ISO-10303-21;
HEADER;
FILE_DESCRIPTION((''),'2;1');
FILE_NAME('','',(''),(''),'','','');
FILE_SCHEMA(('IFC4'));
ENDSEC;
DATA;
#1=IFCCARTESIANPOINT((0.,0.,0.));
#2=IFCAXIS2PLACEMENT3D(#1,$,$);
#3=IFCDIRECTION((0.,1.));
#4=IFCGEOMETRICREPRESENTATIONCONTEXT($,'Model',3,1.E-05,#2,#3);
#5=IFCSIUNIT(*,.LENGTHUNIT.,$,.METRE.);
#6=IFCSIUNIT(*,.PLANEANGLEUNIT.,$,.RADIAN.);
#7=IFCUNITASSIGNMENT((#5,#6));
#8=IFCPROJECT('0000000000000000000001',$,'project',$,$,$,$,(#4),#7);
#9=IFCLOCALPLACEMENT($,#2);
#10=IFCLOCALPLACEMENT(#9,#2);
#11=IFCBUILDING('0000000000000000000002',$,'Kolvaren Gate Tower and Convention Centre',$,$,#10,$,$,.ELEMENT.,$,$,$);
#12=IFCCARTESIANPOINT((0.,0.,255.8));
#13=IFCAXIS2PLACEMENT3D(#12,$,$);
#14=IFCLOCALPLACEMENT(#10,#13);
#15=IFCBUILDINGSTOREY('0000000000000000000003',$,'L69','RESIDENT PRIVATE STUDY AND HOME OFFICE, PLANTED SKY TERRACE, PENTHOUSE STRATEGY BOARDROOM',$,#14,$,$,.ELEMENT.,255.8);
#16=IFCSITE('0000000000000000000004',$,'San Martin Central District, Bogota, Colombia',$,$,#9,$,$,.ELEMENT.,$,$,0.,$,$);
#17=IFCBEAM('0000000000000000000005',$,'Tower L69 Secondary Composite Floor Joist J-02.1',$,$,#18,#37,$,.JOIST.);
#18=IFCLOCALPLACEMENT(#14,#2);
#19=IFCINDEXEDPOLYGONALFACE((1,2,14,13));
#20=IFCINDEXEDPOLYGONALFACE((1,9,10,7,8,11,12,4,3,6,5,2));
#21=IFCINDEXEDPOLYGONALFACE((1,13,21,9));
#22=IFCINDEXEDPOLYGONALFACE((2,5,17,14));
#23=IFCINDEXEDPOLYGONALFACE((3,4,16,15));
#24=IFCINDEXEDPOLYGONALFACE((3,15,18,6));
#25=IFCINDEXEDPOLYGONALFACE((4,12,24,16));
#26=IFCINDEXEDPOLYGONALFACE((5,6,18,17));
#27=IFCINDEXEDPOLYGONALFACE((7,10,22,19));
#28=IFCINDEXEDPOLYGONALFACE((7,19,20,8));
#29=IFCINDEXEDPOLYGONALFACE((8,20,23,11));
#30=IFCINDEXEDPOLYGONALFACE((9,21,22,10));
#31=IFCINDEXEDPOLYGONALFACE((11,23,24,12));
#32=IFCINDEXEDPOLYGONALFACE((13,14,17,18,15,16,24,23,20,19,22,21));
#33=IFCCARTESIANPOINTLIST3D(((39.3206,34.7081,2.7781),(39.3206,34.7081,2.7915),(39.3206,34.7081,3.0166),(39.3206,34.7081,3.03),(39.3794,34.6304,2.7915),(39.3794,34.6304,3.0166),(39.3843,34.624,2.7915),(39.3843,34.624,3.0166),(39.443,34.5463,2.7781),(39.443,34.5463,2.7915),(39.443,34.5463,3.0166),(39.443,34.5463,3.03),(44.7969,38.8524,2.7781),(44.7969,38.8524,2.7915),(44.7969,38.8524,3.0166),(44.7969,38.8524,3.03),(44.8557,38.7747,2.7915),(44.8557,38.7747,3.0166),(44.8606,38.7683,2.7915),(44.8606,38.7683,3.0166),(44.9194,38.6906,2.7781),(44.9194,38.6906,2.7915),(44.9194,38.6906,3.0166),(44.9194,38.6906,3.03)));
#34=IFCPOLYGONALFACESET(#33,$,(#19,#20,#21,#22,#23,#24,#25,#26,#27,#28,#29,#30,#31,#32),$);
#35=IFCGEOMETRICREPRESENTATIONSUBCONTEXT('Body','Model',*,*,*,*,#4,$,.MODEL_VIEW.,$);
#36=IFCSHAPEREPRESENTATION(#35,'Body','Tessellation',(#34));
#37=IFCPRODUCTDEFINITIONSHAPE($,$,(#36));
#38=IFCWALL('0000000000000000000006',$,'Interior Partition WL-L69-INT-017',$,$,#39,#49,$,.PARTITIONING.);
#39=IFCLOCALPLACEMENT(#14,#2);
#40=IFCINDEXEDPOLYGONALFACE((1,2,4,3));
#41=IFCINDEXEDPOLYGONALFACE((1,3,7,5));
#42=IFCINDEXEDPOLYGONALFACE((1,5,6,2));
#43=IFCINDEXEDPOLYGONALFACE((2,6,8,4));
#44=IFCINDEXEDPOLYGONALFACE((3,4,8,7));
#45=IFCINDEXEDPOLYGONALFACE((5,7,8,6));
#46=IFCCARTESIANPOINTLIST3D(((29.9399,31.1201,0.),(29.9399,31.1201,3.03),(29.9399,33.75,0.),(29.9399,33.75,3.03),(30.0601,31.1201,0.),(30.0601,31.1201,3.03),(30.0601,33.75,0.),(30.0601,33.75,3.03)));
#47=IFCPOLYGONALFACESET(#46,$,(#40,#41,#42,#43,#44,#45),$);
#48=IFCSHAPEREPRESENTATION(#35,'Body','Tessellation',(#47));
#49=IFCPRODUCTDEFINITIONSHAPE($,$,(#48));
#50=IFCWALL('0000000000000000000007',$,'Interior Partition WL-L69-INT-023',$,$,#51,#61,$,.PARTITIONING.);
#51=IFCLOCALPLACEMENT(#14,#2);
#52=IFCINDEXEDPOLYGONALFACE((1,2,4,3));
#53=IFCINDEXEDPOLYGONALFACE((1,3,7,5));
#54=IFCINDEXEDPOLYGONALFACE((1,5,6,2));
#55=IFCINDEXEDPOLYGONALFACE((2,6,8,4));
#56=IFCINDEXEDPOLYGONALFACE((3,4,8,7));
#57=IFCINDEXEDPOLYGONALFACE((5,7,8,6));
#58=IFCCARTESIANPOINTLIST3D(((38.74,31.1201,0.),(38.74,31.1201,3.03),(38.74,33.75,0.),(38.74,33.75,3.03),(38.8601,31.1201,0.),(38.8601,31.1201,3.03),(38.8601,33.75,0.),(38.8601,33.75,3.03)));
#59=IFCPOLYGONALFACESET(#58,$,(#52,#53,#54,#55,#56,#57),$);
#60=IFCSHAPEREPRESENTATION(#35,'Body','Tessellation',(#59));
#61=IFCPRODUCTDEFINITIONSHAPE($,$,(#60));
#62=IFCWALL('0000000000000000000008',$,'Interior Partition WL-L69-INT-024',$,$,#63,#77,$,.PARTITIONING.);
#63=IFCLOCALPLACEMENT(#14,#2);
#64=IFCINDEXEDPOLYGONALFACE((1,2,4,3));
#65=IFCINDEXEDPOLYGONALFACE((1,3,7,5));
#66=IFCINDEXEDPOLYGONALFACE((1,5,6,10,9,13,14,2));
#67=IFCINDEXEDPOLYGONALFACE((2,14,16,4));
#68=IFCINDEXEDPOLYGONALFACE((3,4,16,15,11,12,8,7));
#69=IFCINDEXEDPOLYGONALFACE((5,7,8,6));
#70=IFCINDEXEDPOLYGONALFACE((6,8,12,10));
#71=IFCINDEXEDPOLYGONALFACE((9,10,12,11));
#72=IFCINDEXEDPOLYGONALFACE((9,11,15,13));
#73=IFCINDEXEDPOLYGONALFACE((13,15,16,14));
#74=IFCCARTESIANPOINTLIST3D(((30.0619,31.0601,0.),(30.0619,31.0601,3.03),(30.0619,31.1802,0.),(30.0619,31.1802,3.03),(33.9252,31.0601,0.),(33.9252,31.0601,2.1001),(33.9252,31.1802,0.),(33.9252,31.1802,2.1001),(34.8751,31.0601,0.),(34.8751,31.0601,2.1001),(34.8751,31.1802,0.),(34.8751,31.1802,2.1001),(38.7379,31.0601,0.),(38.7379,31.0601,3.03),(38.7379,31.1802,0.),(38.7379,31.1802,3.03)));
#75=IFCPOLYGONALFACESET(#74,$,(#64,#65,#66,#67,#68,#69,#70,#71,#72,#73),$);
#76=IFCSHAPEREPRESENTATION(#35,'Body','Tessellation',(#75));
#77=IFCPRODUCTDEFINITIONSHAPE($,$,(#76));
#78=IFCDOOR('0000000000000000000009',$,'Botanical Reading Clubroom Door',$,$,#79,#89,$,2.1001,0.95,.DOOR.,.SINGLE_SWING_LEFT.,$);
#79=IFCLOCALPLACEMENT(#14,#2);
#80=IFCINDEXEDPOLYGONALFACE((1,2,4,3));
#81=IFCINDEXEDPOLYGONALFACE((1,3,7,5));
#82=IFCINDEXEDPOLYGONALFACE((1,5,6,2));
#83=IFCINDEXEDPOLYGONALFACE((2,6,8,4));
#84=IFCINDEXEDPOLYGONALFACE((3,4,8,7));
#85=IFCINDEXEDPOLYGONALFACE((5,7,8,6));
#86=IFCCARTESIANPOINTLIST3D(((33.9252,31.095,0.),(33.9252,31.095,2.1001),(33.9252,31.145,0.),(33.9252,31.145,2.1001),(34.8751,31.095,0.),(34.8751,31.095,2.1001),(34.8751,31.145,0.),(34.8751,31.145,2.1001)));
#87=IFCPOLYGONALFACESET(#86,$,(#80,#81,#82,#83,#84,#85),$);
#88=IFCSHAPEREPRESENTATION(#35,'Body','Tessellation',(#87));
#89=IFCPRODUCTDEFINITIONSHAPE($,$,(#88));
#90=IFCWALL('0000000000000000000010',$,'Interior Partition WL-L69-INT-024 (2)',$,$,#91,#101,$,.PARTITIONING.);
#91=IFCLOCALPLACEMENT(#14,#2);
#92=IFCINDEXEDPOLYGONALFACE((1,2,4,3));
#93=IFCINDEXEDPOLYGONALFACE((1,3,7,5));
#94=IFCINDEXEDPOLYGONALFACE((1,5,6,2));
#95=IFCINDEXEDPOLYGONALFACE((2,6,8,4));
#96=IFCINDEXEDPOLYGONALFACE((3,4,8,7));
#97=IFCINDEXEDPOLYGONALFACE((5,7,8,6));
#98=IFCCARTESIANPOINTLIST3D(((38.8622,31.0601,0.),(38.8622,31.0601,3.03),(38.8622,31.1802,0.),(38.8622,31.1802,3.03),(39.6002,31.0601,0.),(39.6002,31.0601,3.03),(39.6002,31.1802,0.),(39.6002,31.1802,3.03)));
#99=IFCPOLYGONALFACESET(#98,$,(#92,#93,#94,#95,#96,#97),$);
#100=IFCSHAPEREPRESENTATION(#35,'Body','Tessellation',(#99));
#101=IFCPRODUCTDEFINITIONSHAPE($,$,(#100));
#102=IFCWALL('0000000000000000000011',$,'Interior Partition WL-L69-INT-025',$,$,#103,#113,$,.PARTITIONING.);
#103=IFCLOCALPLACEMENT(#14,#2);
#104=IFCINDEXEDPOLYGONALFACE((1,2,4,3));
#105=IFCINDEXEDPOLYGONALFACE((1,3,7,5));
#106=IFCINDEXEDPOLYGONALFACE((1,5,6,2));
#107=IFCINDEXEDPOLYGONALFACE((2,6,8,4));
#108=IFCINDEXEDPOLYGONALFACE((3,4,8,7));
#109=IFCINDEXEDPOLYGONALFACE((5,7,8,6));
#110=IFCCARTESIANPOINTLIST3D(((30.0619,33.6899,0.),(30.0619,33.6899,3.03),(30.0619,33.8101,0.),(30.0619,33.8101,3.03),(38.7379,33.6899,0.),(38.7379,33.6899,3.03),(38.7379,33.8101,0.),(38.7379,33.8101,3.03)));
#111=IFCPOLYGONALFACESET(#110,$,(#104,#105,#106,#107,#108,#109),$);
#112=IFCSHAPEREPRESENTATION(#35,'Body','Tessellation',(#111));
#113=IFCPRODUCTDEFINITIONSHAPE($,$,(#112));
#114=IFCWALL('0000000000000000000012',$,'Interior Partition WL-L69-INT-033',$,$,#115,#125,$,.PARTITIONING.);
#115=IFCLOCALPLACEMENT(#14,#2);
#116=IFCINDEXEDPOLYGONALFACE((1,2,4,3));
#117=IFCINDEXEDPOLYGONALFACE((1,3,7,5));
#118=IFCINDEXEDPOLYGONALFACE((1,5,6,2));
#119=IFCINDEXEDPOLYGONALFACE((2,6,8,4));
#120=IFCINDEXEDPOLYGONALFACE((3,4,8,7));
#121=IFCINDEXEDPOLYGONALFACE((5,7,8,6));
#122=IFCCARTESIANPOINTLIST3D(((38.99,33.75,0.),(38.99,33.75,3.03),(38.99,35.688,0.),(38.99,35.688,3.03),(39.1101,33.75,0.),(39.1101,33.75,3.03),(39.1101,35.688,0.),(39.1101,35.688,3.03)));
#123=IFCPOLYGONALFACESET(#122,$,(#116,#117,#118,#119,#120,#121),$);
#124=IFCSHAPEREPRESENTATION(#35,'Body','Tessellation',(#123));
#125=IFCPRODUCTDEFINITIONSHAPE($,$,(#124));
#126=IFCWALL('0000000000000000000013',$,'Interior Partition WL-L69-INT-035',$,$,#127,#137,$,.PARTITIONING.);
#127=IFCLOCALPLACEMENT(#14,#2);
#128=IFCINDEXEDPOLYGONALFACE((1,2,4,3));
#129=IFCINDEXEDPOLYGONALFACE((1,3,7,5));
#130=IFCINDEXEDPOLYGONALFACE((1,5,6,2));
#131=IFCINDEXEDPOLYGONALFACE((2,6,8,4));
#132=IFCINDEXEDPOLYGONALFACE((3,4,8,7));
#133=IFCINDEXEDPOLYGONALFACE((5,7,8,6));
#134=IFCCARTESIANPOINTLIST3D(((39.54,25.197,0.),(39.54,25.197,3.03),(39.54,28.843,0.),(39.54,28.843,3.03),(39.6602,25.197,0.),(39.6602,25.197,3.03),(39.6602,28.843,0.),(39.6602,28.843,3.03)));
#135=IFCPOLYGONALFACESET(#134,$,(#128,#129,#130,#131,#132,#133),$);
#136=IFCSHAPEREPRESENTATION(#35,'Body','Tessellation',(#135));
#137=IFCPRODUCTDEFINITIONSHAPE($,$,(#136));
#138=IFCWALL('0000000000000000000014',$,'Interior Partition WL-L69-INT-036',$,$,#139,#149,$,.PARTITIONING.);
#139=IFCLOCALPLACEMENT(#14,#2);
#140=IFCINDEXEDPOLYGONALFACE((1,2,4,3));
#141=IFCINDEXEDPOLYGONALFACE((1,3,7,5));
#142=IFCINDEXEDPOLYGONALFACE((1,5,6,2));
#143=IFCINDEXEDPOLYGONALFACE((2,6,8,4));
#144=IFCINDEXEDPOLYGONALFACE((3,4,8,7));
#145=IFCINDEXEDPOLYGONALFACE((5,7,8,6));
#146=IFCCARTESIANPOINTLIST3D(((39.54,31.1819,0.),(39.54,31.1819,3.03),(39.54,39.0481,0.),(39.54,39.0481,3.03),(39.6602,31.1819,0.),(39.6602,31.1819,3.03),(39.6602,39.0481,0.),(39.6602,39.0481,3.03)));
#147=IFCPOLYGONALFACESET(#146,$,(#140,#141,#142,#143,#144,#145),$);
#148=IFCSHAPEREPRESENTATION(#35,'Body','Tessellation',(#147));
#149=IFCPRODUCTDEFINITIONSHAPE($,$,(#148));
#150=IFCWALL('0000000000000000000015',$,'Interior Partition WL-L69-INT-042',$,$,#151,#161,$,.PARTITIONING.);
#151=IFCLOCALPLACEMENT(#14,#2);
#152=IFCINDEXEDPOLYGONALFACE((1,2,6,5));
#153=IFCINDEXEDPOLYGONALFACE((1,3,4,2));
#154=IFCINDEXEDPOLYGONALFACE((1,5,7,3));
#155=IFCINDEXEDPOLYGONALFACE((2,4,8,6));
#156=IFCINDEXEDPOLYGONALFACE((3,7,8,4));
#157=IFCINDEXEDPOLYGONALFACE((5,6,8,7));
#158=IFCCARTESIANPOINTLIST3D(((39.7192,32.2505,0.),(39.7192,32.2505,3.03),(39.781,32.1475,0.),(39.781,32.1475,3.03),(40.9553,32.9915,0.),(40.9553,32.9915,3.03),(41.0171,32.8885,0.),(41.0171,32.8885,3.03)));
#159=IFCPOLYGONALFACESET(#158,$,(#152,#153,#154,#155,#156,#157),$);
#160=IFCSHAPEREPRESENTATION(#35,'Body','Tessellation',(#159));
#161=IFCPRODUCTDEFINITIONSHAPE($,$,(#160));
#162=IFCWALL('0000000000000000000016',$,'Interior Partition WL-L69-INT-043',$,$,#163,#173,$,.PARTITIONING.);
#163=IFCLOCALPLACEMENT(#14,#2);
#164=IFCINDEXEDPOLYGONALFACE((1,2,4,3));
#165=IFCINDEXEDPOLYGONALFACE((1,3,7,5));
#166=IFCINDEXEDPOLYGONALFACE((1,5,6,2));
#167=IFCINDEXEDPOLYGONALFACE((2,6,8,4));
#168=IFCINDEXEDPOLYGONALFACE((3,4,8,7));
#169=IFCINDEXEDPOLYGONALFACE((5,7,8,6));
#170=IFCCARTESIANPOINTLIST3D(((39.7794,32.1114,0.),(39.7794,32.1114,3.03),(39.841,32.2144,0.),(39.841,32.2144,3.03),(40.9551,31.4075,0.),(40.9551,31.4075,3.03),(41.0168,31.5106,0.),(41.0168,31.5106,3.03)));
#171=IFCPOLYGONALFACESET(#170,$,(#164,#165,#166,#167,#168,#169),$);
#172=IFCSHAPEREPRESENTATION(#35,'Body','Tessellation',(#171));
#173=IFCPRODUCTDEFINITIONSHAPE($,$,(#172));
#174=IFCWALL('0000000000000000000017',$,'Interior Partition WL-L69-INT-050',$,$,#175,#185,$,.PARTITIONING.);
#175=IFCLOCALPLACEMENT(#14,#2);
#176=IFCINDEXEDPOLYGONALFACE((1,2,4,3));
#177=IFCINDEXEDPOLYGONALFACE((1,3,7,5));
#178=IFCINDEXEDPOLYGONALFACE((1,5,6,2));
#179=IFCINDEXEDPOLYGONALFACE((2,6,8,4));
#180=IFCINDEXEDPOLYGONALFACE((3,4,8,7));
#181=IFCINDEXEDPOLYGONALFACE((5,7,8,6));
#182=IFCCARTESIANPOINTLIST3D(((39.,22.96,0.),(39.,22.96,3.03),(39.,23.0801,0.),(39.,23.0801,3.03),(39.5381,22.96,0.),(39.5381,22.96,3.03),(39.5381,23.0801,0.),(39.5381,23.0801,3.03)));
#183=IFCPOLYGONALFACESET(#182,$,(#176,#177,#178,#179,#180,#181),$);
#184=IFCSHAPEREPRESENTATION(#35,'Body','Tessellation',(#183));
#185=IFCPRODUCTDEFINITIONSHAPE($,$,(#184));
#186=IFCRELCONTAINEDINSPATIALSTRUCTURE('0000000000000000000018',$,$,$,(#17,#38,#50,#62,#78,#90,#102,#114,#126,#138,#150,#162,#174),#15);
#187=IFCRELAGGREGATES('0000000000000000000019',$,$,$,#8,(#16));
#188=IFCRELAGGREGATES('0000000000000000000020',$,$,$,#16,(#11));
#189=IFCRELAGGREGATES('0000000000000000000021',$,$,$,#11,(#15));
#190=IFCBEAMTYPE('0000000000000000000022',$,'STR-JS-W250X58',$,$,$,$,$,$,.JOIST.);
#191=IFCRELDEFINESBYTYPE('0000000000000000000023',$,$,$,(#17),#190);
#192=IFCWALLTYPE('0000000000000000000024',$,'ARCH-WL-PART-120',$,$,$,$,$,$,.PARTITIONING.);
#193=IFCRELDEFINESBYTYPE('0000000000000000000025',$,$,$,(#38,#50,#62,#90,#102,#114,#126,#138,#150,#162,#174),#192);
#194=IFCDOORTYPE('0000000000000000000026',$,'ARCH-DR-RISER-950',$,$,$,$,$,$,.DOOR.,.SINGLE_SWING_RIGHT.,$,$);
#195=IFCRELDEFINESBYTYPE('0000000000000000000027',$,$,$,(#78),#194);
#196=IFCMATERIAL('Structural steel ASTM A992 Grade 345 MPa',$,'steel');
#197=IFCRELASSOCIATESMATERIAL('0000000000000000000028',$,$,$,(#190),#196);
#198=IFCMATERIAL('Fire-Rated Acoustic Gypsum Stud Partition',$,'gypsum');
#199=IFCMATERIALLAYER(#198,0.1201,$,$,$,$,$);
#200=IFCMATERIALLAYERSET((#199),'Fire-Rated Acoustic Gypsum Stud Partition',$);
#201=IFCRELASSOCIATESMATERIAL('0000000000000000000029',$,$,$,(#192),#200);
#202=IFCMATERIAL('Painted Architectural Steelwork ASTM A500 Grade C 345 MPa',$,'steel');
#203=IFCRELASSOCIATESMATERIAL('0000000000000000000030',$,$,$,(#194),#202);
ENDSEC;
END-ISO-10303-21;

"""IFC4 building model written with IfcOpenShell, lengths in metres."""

from ifc_helpers import new_model, si_unit, direction, frame, frame_2d, origin, origin_2d, place, context, subcontext, project, spatial, rectangle, i_section, extrude, material, layer, layer_set, material_profile, profile_set, type_object, element, fill, save


model = new_model("IFC4")

# Units and contexts
model_context = context("Model", 3, precision=1e-05, world=origin(), true_north=direction((0.0, 1.0)))
body_context = subcontext(model_context, "Body", "Model", "MODEL_VIEW")
ifc_project = project(units=[si_unit("LENGTHUNIT", "METRE"), si_unit("PLANEANGLEUNIT", "RADIAN")], contexts=[model_context])

# Site, building, storey
site_placement = place(None, origin())
site = spatial("IfcSite", under=ifc_project, at=site_placement, Name="San Martin Central District, Bogota, Colombia", CompositionType="ELEMENT", RefElevation=0.0)
building_placement = place(site_placement, origin())
building = spatial("IfcBuilding", under=site, at=building_placement, Name="Kolvaren Gate Tower and Convention Centre", CompositionType="ELEMENT")
storey_placement = place(building_placement, frame((0.0, 0.0, 255.8)))
storey = spatial("IfcBuildingStorey", under=building, at=storey_placement, Name="L69", Description="RESIDENT PRIVATE STUDY AND HOME OFFICE, PLANTED SKY TERRACE, PENTHOUSE STRATEGY BOARDROOM", CompositionType="ELEMENT", Elevation=255.8)

# Beam
ifc_material_1 = material(Name="Structural steel ASTM A992 Grade 345 MPa", Category="steel")
ifc_material_profile = material_profile(ifc_material_1, i_section(OverallWidth=0.2029, OverallDepth=0.252, WebThickness=0.0081, FlangeThickness=0.0134, at=origin_2d()), Name="W250X58")
ifc_profile_set = profile_set([ifc_material_profile], Name="Structural steel ASTM A992 Grade 345 MPa")
beam_type = type_object("IfcBeamType", Name="STR-JS-W250X58", PredefinedType="JOIST", material=ifc_profile_set)
beam_placement = place(storey_placement, frame((39.3818, 34.6272, 2.9041), z_axis=(0.797403, 0.603447, 0.0), x_axis=(-0.603447, 0.797403, 0.0)))
element("IfcBeam", 1, at=beam_placement, inside=storey, type_object=beam_type, Name="Tower L69 Secondary Composite Floor Joist J-02.1", PredefinedType="JOIST", context=body_context, shape_type="SweptSolid", body=[
    extrude(i_section(OverallWidth=0.2029, OverallDepth=0.252, WebThickness=0.0081, FlangeThickness=0.0134, at=origin_2d()), origin(), (0.0, 0.0, 1.0), 6.8677),
])

# Walls
ifc_material_2 = material(Name="Fire-Rated Acoustic Gypsum Stud Partition", Category="gypsum")
ifc_layer_1 = layer(ifc_material_2, 0.1201)
ifc_layer_set_1 = layer_set([ifc_layer_1], Name="Fire-Rated Acoustic Gypsum Stud Partition")
wall_type_1 = type_object("IfcWallType", Name="ARCH-WL-PART-120", PredefinedType="PARTITIONING", material=ifc_layer_set_1)
for number, where, z_axis, x_axis, name in (
    (2, (30.0, 31.1201, 0.0), (0.0, 0.0, 1.0), (0.0, 1.0, 0.0), "Interior Partition WL-L69-INT-017"),
    (3, (38.8, 31.1201, 0.0), (0.0, 0.0, 1.0), (0.0, 1.0, 0.0), "Interior Partition WL-L69-INT-023"),
):
    element("IfcWall", number, at=place(storey_placement, frame(where, z_axis=z_axis, x_axis=x_axis)), inside=storey, type_object=wall_type_1, Name=name, PredefinedType="PARTITIONING", context=body_context, shape_type="SweptSolid", body=[
        extrude(rectangle(XDim=2.6299, YDim=0.1201, at=frame_2d((1.3149, 0.0))), origin(), (0.0, 0.0, 1.0), 3.03),
    ])

# Wall, opening, door
wall_1_placement = place(storey_placement, frame((30.062, 31.1201, 0.0), z_axis=(0.0, 0.0, 1.0), x_axis=(1.0, 0.0, 0.0)))
wall_1 = element("IfcWall", 4, at=wall_1_placement, inside=storey, type_object=wall_type_1, Name="Interior Partition WL-L69-INT-024", PredefinedType="PARTITIONING", context=body_context, shape_type="SweptSolid", body=[
    extrude(rectangle(XDim=8.676, YDim=0.1201, at=frame_2d((4.3379, 0.0))), origin(), (0.0, 0.0, 1.0), 3.03),
])
opening_1_placement = place(wall_1_placement, frame((3.863, 0.0, 0.0)))
opening_1 = element("IfcOpeningElement", 5, at=opening_1_placement, cuts=wall_1, PredefinedType="OPENING", context=body_context, shape_type="SweptSolid", body=[
    extrude(rectangle(XDim=0.95, YDim=2.1001, at=frame_2d((0.4751, 1.05))), frame((0.0, 0.0701, 0.0), z_axis=(0.0, -1.0, 0.0), x_axis=(1.0, 0.0, 0.0)), (0.0, 0.0, 1.0), 0.1401),
])
ifc_material_3 = material(Name="Painted Architectural Steelwork ASTM A500 Grade C 345 MPa", Category="steel")
door_type = type_object("IfcDoorType", Name="ARCH-DR-RISER-950", OperationType="SINGLE_SWING_RIGHT", PredefinedType="DOOR", material=ifc_material_3)
door_1_placement = place(opening_1_placement, origin())
door_1 = element("IfcDoor", 6, at=door_1_placement, inside=storey, type_object=door_type, Name="Botanical Reading Clubroom Door", OperationType="SINGLE_SWING_LEFT", OverallHeight=2.1001, OverallWidth=0.95, PredefinedType="DOOR", context=body_context, shape_type="SweptSolid", body=[
    extrude(rectangle(XDim=0.95, YDim=2.1001, at=frame_2d((0.4751, 1.05))), frame((0.0, 0.0249, 0.0), z_axis=(0.0, -1.0, 0.0), x_axis=(1.0, 0.0, 0.0)), (0.0, 0.0, 1.0), 0.05),
])
fill(opening_1, door_1)

# Walls
wall_2_placement = place(storey_placement, frame((38.8621, 31.1201, 0.0), z_axis=(0.0, 0.0, 1.0), x_axis=(1.0, 0.0, 0.0)))
element("IfcWall", 7, at=wall_2_placement, inside=storey, type_object=wall_type_1, Name="Interior Partition WL-L69-INT-024 (2)", PredefinedType="PARTITIONING", context=body_context, shape_type="SweptSolid", body=[
    extrude(rectangle(XDim=0.738, YDim=0.1201, at=frame_2d((0.3691, 0.0))), origin(), (0.0, 0.0, 1.0), 3.03),
])
wall_3_placement = place(storey_placement, frame((30.062, 33.75, 0.0), z_axis=(0.0, 0.0, 1.0), x_axis=(1.0, 0.0, 0.0)))
element("IfcWall", 8, at=wall_3_placement, inside=storey, type_object=wall_type_1, Name="Interior Partition WL-L69-INT-025", PredefinedType="PARTITIONING", context=body_context, shape_type="SweptSolid", body=[
    extrude(rectangle(XDim=8.676, YDim=0.1201, at=frame_2d((4.3379, 0.0))), origin(), (0.0, 0.0, 1.0), 3.03),
])
wall_4_placement = place(storey_placement, frame((39.05, 33.75, 0.0), z_axis=(0.0, 0.0, 1.0), x_axis=(0.0, 1.0, 0.0)))
element("IfcWall", 9, at=wall_4_placement, inside=storey, type_object=wall_type_1, Name="Interior Partition WL-L69-INT-033", PredefinedType="PARTITIONING", context=body_context, shape_type="SweptSolid", body=[
    extrude(rectangle(XDim=1.938, YDim=0.1201, at=frame_2d((0.969, 0.0))), origin(), (0.0, 0.0, 1.0), 3.03),
])
wall_5_placement = place(storey_placement, frame((39.6001, 25.197, 0.0), z_axis=(0.0, 0.0, 1.0), x_axis=(0.0, 1.0, 0.0)))
element("IfcWall", 10, at=wall_5_placement, inside=storey, type_object=wall_type_1, Name="Interior Partition WL-L69-INT-035", PredefinedType="PARTITIONING", context=body_context, shape_type="SweptSolid", body=[
    extrude(rectangle(XDim=3.646, YDim=0.1201, at=frame_2d((1.823, 0.0))), origin(), (0.0, 0.0, 1.0), 3.03),
])
wall_6_placement = place(storey_placement, frame((39.6001, 31.1819, 0.0), z_axis=(0.0, 0.0, 1.0), x_axis=(0.0, 1.0, 0.0)))
element("IfcWall", 11, at=wall_6_placement, inside=storey, type_object=wall_type_1, Name="Interior Partition WL-L69-INT-036", PredefinedType="PARTITIONING", context=body_context, shape_type="SweptSolid", body=[
    extrude(rectangle(XDim=7.8662, YDim=0.1201, at=frame_2d((3.9331, 0.0))), origin(), (0.0, 0.0, 1.0), 3.03),
])
wall_7_placement = place(storey_placement, frame((39.75, 32.199, 0.0), z_axis=(0.0, 0.0, 1.0), x_axis=(0.857702, 0.514147, 0.0)))
element("IfcWall", 12, at=wall_7_placement, inside=storey, type_object=wall_type_1, Name="Interior Partition WL-L69-INT-042", PredefinedType="PARTITIONING", context=body_context, shape_type="SweptSolid", body=[
    extrude(rectangle(XDim=1.4412, YDim=0.1201, at=frame_2d((0.7207, 0.0))), origin(), (0.0, 0.0, 1.0), 3.03),
])
wall_8_placement = place(storey_placement, frame((39.8103, 32.1628, 0.0), z_axis=(0.0, 0.0, 1.0), x_axis=(0.858011, -0.513631, 0.0)))
element("IfcWall", 13, at=wall_8_placement, inside=storey, type_object=wall_type_1, Name="Interior Partition WL-L69-INT-043", PredefinedType="PARTITIONING", context=body_context, shape_type="SweptSolid", body=[
    extrude(rectangle(XDim=1.3704, YDim=0.1201, at=frame_2d((0.6851, 0.0))), origin(), (0.0, 0.0, 1.0), 3.03),
])
wall_9_placement = place(storey_placement, frame((39.0, 23.02, 0.0), z_axis=(0.0, 0.0, 1.0), x_axis=(1.0, 0.0, 0.0)))
element("IfcWall", 14, at=wall_9_placement, inside=storey, type_object=wall_type_1, Name="Interior Partition WL-L69-INT-050", PredefinedType="PARTITIONING", context=body_context, shape_type="SweptSolid", body=[
    extrude(rectangle(XDim=0.5381, YDim=0.1201, at=frame_2d((0.269, 0.0))), origin(), (0.0, 0.0, 1.0), 3.03),
])

save(model, "model.ifc")
